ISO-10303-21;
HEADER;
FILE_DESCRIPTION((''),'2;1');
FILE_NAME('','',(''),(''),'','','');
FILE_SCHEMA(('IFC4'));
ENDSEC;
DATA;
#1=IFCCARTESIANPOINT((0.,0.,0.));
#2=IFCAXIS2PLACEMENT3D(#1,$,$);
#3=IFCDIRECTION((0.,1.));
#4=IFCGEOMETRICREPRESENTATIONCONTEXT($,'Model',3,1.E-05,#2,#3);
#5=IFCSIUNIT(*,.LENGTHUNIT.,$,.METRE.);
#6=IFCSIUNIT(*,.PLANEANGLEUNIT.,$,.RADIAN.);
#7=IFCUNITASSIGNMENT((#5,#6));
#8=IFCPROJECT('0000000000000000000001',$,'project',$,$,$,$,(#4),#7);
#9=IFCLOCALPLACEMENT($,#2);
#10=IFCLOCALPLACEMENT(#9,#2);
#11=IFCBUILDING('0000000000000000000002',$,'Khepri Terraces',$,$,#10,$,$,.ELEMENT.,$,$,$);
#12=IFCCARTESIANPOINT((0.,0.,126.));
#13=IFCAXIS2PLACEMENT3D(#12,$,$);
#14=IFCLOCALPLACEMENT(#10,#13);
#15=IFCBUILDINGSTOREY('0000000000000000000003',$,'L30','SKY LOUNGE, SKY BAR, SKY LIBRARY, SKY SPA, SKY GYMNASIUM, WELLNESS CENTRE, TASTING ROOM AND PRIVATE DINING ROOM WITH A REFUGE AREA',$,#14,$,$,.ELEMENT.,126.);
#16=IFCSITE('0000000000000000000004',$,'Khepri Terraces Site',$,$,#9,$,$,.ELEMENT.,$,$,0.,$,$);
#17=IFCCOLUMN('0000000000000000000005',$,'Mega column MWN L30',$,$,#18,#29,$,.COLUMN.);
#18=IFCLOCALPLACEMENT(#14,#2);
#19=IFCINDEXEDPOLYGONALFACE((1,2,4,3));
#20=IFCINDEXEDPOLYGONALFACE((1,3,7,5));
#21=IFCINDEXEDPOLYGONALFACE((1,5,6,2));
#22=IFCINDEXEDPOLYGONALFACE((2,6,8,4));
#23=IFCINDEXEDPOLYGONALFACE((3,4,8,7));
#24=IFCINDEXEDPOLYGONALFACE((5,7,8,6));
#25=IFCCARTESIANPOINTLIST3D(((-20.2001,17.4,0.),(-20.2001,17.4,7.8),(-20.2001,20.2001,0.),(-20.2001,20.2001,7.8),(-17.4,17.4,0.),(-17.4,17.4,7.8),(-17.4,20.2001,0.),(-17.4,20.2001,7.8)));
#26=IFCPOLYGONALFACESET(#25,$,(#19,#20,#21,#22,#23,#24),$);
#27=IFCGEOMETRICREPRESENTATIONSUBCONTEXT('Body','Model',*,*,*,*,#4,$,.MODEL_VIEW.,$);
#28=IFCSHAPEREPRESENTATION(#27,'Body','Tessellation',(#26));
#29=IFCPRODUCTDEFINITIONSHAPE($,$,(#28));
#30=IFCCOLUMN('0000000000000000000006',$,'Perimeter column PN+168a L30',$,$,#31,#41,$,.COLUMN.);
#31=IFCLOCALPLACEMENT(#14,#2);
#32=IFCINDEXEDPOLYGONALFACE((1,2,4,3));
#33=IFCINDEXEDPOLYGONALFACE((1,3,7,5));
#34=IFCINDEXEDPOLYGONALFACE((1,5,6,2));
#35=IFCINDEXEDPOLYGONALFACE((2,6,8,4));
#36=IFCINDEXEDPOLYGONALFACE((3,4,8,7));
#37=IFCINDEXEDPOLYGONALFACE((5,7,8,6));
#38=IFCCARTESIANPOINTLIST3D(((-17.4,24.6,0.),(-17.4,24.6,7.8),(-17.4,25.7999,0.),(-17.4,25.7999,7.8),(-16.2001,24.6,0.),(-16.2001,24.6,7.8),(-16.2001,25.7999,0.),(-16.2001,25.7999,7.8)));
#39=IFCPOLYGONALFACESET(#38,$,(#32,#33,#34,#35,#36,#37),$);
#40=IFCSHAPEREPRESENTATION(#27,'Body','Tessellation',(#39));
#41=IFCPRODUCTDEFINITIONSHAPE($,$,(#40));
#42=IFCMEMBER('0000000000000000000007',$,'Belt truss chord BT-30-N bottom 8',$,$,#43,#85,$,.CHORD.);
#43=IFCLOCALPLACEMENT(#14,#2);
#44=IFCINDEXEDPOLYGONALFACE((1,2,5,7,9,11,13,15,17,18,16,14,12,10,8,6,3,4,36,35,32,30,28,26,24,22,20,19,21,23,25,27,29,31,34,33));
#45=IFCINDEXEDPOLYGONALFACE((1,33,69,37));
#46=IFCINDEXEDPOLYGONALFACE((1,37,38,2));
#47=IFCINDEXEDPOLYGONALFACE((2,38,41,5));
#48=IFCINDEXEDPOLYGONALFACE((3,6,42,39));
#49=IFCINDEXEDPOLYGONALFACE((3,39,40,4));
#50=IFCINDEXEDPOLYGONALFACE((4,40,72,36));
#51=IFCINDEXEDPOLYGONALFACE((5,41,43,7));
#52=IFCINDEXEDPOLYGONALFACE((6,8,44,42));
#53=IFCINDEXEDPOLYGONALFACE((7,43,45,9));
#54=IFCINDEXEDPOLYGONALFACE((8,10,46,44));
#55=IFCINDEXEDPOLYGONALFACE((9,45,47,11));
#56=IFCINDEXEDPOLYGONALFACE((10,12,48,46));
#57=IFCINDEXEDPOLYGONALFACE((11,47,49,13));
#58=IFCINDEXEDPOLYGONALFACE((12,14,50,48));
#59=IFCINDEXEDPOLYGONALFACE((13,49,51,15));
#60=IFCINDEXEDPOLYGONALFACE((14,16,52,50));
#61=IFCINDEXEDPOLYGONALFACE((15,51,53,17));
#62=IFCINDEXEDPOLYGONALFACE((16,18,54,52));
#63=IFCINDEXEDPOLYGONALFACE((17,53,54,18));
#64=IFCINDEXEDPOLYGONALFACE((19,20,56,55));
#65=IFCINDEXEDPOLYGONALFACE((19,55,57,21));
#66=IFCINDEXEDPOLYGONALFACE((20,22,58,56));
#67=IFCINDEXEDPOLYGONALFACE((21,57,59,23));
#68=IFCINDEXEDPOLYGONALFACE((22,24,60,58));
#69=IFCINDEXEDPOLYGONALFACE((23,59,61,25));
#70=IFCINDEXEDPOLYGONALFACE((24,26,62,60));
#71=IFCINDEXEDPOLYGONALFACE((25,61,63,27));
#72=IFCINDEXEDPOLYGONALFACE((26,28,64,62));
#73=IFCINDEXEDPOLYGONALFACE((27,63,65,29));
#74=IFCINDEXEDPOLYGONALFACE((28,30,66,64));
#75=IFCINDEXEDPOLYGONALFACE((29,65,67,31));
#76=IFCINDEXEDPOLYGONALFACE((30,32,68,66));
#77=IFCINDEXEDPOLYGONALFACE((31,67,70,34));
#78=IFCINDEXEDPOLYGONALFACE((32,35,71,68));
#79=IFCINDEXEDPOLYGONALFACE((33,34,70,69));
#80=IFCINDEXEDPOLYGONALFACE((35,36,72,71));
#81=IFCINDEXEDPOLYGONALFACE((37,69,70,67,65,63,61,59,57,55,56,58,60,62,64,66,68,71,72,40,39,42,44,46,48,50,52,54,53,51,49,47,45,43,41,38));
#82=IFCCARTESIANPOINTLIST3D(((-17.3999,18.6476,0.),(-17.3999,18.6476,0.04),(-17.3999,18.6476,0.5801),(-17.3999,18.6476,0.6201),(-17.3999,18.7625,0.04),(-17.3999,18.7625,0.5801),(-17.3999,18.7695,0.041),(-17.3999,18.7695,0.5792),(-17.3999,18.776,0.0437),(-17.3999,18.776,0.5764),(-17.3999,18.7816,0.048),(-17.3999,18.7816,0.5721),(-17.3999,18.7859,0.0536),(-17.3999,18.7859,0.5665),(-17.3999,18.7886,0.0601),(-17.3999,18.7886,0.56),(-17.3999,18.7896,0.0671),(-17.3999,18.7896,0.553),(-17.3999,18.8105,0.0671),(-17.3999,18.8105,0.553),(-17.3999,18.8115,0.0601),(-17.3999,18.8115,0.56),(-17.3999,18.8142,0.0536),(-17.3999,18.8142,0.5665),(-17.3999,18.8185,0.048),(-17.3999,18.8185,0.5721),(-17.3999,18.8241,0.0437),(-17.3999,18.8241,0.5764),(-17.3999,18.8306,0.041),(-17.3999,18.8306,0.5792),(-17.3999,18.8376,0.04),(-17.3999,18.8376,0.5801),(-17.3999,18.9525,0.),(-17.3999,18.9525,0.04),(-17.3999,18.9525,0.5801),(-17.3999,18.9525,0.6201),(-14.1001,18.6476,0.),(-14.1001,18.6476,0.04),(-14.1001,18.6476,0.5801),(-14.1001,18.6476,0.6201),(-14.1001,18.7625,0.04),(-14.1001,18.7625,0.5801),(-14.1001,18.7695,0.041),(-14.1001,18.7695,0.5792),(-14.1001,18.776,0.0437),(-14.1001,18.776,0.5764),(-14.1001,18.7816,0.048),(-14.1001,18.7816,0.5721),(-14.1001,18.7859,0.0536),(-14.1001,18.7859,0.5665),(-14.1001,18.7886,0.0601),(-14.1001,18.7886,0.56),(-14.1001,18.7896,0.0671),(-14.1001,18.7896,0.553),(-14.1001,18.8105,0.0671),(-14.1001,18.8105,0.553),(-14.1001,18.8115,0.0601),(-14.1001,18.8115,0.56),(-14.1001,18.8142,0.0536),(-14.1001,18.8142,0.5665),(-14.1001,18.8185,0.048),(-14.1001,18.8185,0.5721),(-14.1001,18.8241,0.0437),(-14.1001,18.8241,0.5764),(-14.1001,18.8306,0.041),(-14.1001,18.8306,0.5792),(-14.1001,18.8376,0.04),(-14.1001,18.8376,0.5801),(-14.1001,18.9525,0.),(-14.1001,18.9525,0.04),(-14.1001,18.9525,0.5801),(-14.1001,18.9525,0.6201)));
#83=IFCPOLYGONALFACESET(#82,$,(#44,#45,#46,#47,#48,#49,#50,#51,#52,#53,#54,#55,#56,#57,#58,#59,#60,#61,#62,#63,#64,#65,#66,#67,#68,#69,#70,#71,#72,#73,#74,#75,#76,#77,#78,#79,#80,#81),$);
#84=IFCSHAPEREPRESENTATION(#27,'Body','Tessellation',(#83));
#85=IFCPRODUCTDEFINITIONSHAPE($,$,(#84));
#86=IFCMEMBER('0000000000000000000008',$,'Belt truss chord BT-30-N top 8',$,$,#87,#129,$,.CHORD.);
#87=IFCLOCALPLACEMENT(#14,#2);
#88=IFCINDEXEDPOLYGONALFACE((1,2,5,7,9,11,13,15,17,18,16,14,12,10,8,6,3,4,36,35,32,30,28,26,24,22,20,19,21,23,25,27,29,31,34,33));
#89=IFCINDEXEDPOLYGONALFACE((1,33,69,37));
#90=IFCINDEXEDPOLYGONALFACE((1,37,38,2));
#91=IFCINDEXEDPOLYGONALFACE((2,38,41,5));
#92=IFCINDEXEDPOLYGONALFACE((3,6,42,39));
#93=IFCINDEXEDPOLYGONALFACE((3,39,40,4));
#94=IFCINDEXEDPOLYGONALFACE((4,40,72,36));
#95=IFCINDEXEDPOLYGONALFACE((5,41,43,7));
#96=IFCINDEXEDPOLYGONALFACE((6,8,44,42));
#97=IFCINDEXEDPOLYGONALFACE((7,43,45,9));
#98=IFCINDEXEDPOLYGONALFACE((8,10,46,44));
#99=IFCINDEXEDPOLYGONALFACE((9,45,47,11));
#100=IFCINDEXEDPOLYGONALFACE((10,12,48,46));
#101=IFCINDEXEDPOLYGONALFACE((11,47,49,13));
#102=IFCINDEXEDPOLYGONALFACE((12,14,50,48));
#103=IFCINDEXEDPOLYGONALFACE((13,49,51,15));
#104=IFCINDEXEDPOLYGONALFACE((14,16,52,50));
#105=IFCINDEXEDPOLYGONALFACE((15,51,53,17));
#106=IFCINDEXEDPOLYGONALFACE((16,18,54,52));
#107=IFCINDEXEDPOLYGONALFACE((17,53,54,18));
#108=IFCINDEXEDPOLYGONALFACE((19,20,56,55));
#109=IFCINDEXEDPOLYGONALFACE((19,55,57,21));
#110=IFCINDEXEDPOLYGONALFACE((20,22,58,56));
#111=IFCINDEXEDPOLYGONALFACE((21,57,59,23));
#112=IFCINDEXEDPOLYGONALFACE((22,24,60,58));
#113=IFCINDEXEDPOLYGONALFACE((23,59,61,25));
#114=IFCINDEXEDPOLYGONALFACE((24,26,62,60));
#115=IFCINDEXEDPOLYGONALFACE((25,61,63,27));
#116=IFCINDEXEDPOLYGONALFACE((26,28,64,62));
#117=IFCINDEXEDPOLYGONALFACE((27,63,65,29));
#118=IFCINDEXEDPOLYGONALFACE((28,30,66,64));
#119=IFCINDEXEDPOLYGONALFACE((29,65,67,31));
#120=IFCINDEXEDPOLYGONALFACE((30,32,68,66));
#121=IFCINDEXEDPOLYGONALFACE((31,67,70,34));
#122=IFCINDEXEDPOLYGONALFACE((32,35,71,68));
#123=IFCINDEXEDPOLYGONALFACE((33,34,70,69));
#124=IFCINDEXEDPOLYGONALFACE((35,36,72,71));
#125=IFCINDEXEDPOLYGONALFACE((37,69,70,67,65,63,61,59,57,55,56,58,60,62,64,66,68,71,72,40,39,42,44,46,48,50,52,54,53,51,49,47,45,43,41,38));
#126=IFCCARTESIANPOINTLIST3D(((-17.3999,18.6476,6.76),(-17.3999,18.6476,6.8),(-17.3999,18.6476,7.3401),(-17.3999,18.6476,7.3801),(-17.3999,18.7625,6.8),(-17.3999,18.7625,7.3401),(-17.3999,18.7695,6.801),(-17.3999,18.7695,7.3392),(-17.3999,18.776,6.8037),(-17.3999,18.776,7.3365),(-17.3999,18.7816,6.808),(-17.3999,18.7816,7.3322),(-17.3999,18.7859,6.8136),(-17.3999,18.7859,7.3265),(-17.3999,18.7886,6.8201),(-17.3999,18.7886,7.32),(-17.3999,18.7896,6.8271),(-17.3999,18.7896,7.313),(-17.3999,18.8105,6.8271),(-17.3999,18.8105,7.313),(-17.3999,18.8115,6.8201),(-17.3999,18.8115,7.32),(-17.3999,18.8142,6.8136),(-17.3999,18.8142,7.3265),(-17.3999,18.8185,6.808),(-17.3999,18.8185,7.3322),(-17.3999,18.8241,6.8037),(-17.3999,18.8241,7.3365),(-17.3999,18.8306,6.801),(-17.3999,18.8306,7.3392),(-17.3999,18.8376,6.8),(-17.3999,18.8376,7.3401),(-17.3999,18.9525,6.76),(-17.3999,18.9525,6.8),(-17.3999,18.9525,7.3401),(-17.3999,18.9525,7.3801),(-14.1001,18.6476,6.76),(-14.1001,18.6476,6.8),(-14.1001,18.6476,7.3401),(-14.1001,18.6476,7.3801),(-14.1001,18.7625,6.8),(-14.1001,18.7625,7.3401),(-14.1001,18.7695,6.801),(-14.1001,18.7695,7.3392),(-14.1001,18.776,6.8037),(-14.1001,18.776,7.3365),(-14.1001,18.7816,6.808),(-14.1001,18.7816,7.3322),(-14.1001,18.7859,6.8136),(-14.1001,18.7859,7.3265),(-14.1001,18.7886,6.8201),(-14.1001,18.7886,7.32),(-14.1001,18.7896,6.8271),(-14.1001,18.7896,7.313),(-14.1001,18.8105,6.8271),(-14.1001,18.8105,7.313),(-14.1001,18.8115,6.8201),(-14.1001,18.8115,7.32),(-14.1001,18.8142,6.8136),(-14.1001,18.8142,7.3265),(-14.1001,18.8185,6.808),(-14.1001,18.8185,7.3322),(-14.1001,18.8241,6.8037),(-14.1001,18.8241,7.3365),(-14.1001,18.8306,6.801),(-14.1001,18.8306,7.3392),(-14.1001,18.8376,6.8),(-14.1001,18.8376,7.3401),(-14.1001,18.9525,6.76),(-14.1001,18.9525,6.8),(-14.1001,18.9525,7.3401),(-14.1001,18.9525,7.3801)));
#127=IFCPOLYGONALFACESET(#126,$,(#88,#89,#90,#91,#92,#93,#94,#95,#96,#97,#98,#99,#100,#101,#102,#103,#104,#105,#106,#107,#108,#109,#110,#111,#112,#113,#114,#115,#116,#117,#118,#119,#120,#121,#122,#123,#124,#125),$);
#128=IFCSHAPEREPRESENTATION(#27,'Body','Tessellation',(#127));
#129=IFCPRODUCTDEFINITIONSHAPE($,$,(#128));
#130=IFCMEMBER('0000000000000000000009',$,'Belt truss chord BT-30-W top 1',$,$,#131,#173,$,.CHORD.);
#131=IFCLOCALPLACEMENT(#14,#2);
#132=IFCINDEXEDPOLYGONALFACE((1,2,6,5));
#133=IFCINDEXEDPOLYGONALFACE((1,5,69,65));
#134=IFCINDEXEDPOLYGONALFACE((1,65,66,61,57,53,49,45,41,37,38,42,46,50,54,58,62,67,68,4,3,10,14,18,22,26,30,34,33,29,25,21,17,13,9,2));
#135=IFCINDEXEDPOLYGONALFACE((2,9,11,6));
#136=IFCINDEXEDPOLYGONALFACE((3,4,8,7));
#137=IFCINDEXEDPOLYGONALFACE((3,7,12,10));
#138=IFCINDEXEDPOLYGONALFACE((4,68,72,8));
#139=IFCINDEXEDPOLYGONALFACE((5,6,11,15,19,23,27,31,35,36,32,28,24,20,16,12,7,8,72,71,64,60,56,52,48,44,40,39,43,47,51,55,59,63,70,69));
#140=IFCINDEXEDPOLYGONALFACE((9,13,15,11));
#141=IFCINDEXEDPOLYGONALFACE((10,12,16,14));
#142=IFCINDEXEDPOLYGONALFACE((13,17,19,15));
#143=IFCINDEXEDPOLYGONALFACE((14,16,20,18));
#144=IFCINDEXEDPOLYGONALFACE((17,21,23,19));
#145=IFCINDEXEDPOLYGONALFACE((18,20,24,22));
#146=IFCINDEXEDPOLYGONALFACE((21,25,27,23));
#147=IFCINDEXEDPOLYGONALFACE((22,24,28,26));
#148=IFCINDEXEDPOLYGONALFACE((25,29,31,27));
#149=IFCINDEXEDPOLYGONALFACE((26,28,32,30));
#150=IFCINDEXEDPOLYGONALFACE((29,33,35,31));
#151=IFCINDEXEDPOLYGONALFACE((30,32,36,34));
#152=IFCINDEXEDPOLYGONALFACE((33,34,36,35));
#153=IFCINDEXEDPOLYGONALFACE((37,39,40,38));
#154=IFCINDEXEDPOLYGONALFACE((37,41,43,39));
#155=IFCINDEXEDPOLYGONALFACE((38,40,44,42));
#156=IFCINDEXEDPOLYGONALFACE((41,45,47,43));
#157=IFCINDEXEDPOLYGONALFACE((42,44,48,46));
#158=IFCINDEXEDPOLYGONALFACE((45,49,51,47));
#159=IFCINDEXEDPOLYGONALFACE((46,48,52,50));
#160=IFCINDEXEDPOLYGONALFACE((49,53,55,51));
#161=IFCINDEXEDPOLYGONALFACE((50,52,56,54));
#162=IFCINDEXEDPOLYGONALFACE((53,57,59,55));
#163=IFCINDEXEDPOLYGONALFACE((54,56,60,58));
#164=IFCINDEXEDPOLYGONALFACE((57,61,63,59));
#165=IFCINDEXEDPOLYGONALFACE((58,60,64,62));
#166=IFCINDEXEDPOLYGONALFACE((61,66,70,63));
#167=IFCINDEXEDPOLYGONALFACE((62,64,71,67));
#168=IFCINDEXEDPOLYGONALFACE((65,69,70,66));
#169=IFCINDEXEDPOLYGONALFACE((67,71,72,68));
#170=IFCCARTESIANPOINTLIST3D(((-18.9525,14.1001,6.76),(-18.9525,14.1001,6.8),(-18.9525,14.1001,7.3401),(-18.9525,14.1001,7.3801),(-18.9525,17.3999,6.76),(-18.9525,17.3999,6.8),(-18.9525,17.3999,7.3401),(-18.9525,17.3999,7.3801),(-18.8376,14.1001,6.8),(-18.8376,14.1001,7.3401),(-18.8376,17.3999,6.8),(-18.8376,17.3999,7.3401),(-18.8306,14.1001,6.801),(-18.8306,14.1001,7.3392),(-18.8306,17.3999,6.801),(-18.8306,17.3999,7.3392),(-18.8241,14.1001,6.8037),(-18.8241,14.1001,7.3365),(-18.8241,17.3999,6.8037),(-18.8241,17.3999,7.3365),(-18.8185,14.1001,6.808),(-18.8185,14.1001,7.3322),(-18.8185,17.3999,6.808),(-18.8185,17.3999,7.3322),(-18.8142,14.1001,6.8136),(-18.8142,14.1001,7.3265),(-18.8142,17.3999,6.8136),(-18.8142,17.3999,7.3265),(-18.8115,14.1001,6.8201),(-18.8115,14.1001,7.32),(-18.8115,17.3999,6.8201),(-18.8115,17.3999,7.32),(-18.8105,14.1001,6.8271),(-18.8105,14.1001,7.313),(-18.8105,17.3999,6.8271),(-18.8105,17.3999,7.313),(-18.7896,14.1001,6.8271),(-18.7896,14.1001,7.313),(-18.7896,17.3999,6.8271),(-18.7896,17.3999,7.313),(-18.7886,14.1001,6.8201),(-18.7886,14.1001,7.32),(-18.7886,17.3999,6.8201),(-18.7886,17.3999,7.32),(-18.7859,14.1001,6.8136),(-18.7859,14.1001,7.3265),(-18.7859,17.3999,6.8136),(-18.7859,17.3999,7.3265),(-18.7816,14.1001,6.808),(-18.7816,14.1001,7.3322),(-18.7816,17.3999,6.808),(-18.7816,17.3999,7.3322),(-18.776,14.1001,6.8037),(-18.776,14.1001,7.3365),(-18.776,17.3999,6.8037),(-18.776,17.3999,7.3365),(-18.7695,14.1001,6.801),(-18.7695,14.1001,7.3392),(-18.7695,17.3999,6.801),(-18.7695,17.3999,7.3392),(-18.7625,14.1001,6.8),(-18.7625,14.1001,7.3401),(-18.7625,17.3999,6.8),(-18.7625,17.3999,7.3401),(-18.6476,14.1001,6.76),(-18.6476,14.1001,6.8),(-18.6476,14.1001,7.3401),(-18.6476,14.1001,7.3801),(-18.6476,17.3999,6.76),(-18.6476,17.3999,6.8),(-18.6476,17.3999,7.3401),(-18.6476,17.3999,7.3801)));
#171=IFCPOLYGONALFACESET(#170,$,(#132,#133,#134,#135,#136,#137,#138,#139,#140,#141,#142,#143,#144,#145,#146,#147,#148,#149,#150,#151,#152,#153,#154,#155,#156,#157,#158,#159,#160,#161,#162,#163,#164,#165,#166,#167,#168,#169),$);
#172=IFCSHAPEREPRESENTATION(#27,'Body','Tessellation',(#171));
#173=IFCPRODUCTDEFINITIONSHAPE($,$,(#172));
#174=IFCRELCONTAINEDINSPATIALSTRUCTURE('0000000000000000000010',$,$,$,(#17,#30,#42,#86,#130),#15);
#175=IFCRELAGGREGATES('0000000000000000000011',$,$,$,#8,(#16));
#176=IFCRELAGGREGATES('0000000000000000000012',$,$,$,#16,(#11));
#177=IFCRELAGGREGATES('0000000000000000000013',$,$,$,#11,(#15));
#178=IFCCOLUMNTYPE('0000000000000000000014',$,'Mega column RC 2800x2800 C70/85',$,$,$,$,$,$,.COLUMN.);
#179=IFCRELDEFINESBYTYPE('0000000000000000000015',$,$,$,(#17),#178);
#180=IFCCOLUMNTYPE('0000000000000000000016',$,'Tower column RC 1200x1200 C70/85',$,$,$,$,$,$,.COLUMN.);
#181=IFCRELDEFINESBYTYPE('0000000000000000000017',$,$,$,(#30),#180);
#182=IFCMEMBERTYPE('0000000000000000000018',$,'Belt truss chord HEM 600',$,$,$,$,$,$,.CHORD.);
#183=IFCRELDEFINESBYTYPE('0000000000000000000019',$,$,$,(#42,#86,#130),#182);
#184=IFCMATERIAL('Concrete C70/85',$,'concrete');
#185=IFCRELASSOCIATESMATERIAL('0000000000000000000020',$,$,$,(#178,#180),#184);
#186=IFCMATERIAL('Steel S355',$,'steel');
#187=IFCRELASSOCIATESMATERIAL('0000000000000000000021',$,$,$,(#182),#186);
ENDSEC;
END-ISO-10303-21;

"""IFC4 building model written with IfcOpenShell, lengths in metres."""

from ifc_helpers import new_model, si_unit, direction, frame, origin, origin_2d, place, context, subcontext, project, spatial, rectangle, i_section, extrude, material, material_profile, profile_set, type_object, element, save


model = new_model("IFC4")

# Units and contexts
model_context = context("Model", 3, precision=1e-05, world=origin(), true_north=direction((0.0, 1.0)))
body_context = subcontext(model_context, "Body", "Model", "MODEL_VIEW")
ifc_project = project(units=[si_unit("LENGTHUNIT", "METRE"), si_unit("PLANEANGLEUNIT", "RADIAN")], contexts=[model_context])

# Site, building, storey
site_placement = place(None, origin())
site = spatial("IfcSite", under=ifc_project, at=site_placement, Name="Khepri Terraces Site", CompositionType="ELEMENT", RefElevation=0.0)
building_placement = place(site_placement, origin())
building = spatial("IfcBuilding", under=site, at=building_placement, Name="Khepri Terraces", CompositionType="ELEMENT")
storey_placement = place(building_placement, frame((0.0, 0.0, 126.0)))
storey = spatial("IfcBuildingStorey", under=building, at=storey_placement, Name="L30", Description="SKY LOUNGE, SKY BAR, SKY LIBRARY, SKY SPA, SKY GYMNASIUM, WELLNESS CENTRE, TASTING ROOM AND PRIVATE DINING ROOM WITH A REFUGE AREA", CompositionType="ELEMENT", Elevation=126.0)

# Columns
ifc_material_1 = material(Name="Concrete C70/85", Category="concrete")
ifc_material_profile_1 = material_profile(ifc_material_1, rectangle(XDim=2.8, YDim=2.8, at=origin_2d()), Name="Concrete C70/85", Category="concrete")
ifc_profile_set_1 = profile_set([ifc_material_profile_1], Name="Concrete C70/85")
column_type_1 = type_object("IfcColumnType", Name="Mega column RC 2800x2800 C70/85", PredefinedType="COLUMN", material=ifc_profile_set_1)
column_1_placement = place(storey_placement, frame((-18.8, 18.8, 0.0), z_axis=(0.0, 0.0, 1.0), x_axis=(1.0, 0.0, 0.0)))
element("IfcColumn", 1, at=column_1_placement, inside=storey, type_object=column_type_1, Name="Mega column MWN L30", PredefinedType="COLUMN", context=body_context, shape_type="SweptSolid", body=[
    extrude(rectangle(XDim=2.8, YDim=2.8, at=origin_2d()), origin(), (0.0, 0.0, 1.0), 7.8),
])
ifc_material_profile_2 = material_profile(ifc_material_1, rectangle(XDim=1.2, YDim=1.2, at=origin_2d()), Name="Concrete C70/85", Category="concrete")
ifc_profile_set_2 = profile_set([ifc_material_profile_2], Name="Concrete C70/85")
column_type_2 = type_object("IfcColumnType", Name="Tower column RC 1200x1200 C70/85", PredefinedType="COLUMN", material=ifc_profile_set_2)
column_2_placement = place(storey_placement, frame((-16.8, 25.2, 0.0), z_axis=(0.0, 0.0, 1.0), x_axis=(1.0, 0.0, 0.0)))
element("IfcColumn", 2, at=column_2_placement, inside=storey, type_object=column_type_2, Name="Perimeter column PN+168a L30", PredefinedType="COLUMN", context=body_context, shape_type="SweptSolid", body=[
    extrude(rectangle(XDim=1.2, YDim=1.2, at=origin_2d()), origin(), (0.0, 0.0, 1.0), 7.8),
])

# Members
ifc_material_2 = material(Name="Steel S355", Category="steel")
ifc_material_profile_3 = material_profile(ifc_material_2, i_section(OverallWidth=0.3049, OverallDepth=0.6201, WebThickness=0.021, FlangeThickness=0.04, FilletRadius=0.0271, at=origin_2d()), Name="Steel S355", Category="steel")
ifc_profile_set_3 = profile_set([ifc_material_profile_3], Name="Steel S355")
member_type_1 = type_object("IfcMemberType", Name="Belt truss chord HEM 600", PredefinedType="CHORD", material=ifc_profile_set_3)
for number, where, z_axis, x_axis, name in (
    (3, (-14.1001, 18.8, 0.3101), (-1.0, 0.0, 0.0), (0.0, -1.0, 0.0), "Belt truss chord BT-30-N bottom 8"),
    (4, (-14.1001, 18.8, 7.0701), (-1.0, 0.0, 0.0), (0.0, -1.0, 0.0), "Belt truss chord BT-30-N top 8"),
    (5, (-18.8, 17.3999, 7.0701), (0.0, -1.0, 0.0), (1.0, 0.0, 0.0), "Belt truss chord BT-30-W top 1"),
):
    element("IfcMember", number, at=place(storey_placement, frame(where, z_axis=z_axis, x_axis=x_axis)), inside=storey, type_object=member_type_1, Name=name, PredefinedType="CHORD", context=body_context, shape_type="SweptSolid", body=[
        extrude(i_section(OverallWidth=0.3049, OverallDepth=0.6201, WebThickness=0.021, FlangeThickness=0.04, FilletRadius=0.0271, at=origin_2d()), origin(), (0.0, 0.0, 1.0), 3.2998),
    ])

save(model, "model.ifc")
